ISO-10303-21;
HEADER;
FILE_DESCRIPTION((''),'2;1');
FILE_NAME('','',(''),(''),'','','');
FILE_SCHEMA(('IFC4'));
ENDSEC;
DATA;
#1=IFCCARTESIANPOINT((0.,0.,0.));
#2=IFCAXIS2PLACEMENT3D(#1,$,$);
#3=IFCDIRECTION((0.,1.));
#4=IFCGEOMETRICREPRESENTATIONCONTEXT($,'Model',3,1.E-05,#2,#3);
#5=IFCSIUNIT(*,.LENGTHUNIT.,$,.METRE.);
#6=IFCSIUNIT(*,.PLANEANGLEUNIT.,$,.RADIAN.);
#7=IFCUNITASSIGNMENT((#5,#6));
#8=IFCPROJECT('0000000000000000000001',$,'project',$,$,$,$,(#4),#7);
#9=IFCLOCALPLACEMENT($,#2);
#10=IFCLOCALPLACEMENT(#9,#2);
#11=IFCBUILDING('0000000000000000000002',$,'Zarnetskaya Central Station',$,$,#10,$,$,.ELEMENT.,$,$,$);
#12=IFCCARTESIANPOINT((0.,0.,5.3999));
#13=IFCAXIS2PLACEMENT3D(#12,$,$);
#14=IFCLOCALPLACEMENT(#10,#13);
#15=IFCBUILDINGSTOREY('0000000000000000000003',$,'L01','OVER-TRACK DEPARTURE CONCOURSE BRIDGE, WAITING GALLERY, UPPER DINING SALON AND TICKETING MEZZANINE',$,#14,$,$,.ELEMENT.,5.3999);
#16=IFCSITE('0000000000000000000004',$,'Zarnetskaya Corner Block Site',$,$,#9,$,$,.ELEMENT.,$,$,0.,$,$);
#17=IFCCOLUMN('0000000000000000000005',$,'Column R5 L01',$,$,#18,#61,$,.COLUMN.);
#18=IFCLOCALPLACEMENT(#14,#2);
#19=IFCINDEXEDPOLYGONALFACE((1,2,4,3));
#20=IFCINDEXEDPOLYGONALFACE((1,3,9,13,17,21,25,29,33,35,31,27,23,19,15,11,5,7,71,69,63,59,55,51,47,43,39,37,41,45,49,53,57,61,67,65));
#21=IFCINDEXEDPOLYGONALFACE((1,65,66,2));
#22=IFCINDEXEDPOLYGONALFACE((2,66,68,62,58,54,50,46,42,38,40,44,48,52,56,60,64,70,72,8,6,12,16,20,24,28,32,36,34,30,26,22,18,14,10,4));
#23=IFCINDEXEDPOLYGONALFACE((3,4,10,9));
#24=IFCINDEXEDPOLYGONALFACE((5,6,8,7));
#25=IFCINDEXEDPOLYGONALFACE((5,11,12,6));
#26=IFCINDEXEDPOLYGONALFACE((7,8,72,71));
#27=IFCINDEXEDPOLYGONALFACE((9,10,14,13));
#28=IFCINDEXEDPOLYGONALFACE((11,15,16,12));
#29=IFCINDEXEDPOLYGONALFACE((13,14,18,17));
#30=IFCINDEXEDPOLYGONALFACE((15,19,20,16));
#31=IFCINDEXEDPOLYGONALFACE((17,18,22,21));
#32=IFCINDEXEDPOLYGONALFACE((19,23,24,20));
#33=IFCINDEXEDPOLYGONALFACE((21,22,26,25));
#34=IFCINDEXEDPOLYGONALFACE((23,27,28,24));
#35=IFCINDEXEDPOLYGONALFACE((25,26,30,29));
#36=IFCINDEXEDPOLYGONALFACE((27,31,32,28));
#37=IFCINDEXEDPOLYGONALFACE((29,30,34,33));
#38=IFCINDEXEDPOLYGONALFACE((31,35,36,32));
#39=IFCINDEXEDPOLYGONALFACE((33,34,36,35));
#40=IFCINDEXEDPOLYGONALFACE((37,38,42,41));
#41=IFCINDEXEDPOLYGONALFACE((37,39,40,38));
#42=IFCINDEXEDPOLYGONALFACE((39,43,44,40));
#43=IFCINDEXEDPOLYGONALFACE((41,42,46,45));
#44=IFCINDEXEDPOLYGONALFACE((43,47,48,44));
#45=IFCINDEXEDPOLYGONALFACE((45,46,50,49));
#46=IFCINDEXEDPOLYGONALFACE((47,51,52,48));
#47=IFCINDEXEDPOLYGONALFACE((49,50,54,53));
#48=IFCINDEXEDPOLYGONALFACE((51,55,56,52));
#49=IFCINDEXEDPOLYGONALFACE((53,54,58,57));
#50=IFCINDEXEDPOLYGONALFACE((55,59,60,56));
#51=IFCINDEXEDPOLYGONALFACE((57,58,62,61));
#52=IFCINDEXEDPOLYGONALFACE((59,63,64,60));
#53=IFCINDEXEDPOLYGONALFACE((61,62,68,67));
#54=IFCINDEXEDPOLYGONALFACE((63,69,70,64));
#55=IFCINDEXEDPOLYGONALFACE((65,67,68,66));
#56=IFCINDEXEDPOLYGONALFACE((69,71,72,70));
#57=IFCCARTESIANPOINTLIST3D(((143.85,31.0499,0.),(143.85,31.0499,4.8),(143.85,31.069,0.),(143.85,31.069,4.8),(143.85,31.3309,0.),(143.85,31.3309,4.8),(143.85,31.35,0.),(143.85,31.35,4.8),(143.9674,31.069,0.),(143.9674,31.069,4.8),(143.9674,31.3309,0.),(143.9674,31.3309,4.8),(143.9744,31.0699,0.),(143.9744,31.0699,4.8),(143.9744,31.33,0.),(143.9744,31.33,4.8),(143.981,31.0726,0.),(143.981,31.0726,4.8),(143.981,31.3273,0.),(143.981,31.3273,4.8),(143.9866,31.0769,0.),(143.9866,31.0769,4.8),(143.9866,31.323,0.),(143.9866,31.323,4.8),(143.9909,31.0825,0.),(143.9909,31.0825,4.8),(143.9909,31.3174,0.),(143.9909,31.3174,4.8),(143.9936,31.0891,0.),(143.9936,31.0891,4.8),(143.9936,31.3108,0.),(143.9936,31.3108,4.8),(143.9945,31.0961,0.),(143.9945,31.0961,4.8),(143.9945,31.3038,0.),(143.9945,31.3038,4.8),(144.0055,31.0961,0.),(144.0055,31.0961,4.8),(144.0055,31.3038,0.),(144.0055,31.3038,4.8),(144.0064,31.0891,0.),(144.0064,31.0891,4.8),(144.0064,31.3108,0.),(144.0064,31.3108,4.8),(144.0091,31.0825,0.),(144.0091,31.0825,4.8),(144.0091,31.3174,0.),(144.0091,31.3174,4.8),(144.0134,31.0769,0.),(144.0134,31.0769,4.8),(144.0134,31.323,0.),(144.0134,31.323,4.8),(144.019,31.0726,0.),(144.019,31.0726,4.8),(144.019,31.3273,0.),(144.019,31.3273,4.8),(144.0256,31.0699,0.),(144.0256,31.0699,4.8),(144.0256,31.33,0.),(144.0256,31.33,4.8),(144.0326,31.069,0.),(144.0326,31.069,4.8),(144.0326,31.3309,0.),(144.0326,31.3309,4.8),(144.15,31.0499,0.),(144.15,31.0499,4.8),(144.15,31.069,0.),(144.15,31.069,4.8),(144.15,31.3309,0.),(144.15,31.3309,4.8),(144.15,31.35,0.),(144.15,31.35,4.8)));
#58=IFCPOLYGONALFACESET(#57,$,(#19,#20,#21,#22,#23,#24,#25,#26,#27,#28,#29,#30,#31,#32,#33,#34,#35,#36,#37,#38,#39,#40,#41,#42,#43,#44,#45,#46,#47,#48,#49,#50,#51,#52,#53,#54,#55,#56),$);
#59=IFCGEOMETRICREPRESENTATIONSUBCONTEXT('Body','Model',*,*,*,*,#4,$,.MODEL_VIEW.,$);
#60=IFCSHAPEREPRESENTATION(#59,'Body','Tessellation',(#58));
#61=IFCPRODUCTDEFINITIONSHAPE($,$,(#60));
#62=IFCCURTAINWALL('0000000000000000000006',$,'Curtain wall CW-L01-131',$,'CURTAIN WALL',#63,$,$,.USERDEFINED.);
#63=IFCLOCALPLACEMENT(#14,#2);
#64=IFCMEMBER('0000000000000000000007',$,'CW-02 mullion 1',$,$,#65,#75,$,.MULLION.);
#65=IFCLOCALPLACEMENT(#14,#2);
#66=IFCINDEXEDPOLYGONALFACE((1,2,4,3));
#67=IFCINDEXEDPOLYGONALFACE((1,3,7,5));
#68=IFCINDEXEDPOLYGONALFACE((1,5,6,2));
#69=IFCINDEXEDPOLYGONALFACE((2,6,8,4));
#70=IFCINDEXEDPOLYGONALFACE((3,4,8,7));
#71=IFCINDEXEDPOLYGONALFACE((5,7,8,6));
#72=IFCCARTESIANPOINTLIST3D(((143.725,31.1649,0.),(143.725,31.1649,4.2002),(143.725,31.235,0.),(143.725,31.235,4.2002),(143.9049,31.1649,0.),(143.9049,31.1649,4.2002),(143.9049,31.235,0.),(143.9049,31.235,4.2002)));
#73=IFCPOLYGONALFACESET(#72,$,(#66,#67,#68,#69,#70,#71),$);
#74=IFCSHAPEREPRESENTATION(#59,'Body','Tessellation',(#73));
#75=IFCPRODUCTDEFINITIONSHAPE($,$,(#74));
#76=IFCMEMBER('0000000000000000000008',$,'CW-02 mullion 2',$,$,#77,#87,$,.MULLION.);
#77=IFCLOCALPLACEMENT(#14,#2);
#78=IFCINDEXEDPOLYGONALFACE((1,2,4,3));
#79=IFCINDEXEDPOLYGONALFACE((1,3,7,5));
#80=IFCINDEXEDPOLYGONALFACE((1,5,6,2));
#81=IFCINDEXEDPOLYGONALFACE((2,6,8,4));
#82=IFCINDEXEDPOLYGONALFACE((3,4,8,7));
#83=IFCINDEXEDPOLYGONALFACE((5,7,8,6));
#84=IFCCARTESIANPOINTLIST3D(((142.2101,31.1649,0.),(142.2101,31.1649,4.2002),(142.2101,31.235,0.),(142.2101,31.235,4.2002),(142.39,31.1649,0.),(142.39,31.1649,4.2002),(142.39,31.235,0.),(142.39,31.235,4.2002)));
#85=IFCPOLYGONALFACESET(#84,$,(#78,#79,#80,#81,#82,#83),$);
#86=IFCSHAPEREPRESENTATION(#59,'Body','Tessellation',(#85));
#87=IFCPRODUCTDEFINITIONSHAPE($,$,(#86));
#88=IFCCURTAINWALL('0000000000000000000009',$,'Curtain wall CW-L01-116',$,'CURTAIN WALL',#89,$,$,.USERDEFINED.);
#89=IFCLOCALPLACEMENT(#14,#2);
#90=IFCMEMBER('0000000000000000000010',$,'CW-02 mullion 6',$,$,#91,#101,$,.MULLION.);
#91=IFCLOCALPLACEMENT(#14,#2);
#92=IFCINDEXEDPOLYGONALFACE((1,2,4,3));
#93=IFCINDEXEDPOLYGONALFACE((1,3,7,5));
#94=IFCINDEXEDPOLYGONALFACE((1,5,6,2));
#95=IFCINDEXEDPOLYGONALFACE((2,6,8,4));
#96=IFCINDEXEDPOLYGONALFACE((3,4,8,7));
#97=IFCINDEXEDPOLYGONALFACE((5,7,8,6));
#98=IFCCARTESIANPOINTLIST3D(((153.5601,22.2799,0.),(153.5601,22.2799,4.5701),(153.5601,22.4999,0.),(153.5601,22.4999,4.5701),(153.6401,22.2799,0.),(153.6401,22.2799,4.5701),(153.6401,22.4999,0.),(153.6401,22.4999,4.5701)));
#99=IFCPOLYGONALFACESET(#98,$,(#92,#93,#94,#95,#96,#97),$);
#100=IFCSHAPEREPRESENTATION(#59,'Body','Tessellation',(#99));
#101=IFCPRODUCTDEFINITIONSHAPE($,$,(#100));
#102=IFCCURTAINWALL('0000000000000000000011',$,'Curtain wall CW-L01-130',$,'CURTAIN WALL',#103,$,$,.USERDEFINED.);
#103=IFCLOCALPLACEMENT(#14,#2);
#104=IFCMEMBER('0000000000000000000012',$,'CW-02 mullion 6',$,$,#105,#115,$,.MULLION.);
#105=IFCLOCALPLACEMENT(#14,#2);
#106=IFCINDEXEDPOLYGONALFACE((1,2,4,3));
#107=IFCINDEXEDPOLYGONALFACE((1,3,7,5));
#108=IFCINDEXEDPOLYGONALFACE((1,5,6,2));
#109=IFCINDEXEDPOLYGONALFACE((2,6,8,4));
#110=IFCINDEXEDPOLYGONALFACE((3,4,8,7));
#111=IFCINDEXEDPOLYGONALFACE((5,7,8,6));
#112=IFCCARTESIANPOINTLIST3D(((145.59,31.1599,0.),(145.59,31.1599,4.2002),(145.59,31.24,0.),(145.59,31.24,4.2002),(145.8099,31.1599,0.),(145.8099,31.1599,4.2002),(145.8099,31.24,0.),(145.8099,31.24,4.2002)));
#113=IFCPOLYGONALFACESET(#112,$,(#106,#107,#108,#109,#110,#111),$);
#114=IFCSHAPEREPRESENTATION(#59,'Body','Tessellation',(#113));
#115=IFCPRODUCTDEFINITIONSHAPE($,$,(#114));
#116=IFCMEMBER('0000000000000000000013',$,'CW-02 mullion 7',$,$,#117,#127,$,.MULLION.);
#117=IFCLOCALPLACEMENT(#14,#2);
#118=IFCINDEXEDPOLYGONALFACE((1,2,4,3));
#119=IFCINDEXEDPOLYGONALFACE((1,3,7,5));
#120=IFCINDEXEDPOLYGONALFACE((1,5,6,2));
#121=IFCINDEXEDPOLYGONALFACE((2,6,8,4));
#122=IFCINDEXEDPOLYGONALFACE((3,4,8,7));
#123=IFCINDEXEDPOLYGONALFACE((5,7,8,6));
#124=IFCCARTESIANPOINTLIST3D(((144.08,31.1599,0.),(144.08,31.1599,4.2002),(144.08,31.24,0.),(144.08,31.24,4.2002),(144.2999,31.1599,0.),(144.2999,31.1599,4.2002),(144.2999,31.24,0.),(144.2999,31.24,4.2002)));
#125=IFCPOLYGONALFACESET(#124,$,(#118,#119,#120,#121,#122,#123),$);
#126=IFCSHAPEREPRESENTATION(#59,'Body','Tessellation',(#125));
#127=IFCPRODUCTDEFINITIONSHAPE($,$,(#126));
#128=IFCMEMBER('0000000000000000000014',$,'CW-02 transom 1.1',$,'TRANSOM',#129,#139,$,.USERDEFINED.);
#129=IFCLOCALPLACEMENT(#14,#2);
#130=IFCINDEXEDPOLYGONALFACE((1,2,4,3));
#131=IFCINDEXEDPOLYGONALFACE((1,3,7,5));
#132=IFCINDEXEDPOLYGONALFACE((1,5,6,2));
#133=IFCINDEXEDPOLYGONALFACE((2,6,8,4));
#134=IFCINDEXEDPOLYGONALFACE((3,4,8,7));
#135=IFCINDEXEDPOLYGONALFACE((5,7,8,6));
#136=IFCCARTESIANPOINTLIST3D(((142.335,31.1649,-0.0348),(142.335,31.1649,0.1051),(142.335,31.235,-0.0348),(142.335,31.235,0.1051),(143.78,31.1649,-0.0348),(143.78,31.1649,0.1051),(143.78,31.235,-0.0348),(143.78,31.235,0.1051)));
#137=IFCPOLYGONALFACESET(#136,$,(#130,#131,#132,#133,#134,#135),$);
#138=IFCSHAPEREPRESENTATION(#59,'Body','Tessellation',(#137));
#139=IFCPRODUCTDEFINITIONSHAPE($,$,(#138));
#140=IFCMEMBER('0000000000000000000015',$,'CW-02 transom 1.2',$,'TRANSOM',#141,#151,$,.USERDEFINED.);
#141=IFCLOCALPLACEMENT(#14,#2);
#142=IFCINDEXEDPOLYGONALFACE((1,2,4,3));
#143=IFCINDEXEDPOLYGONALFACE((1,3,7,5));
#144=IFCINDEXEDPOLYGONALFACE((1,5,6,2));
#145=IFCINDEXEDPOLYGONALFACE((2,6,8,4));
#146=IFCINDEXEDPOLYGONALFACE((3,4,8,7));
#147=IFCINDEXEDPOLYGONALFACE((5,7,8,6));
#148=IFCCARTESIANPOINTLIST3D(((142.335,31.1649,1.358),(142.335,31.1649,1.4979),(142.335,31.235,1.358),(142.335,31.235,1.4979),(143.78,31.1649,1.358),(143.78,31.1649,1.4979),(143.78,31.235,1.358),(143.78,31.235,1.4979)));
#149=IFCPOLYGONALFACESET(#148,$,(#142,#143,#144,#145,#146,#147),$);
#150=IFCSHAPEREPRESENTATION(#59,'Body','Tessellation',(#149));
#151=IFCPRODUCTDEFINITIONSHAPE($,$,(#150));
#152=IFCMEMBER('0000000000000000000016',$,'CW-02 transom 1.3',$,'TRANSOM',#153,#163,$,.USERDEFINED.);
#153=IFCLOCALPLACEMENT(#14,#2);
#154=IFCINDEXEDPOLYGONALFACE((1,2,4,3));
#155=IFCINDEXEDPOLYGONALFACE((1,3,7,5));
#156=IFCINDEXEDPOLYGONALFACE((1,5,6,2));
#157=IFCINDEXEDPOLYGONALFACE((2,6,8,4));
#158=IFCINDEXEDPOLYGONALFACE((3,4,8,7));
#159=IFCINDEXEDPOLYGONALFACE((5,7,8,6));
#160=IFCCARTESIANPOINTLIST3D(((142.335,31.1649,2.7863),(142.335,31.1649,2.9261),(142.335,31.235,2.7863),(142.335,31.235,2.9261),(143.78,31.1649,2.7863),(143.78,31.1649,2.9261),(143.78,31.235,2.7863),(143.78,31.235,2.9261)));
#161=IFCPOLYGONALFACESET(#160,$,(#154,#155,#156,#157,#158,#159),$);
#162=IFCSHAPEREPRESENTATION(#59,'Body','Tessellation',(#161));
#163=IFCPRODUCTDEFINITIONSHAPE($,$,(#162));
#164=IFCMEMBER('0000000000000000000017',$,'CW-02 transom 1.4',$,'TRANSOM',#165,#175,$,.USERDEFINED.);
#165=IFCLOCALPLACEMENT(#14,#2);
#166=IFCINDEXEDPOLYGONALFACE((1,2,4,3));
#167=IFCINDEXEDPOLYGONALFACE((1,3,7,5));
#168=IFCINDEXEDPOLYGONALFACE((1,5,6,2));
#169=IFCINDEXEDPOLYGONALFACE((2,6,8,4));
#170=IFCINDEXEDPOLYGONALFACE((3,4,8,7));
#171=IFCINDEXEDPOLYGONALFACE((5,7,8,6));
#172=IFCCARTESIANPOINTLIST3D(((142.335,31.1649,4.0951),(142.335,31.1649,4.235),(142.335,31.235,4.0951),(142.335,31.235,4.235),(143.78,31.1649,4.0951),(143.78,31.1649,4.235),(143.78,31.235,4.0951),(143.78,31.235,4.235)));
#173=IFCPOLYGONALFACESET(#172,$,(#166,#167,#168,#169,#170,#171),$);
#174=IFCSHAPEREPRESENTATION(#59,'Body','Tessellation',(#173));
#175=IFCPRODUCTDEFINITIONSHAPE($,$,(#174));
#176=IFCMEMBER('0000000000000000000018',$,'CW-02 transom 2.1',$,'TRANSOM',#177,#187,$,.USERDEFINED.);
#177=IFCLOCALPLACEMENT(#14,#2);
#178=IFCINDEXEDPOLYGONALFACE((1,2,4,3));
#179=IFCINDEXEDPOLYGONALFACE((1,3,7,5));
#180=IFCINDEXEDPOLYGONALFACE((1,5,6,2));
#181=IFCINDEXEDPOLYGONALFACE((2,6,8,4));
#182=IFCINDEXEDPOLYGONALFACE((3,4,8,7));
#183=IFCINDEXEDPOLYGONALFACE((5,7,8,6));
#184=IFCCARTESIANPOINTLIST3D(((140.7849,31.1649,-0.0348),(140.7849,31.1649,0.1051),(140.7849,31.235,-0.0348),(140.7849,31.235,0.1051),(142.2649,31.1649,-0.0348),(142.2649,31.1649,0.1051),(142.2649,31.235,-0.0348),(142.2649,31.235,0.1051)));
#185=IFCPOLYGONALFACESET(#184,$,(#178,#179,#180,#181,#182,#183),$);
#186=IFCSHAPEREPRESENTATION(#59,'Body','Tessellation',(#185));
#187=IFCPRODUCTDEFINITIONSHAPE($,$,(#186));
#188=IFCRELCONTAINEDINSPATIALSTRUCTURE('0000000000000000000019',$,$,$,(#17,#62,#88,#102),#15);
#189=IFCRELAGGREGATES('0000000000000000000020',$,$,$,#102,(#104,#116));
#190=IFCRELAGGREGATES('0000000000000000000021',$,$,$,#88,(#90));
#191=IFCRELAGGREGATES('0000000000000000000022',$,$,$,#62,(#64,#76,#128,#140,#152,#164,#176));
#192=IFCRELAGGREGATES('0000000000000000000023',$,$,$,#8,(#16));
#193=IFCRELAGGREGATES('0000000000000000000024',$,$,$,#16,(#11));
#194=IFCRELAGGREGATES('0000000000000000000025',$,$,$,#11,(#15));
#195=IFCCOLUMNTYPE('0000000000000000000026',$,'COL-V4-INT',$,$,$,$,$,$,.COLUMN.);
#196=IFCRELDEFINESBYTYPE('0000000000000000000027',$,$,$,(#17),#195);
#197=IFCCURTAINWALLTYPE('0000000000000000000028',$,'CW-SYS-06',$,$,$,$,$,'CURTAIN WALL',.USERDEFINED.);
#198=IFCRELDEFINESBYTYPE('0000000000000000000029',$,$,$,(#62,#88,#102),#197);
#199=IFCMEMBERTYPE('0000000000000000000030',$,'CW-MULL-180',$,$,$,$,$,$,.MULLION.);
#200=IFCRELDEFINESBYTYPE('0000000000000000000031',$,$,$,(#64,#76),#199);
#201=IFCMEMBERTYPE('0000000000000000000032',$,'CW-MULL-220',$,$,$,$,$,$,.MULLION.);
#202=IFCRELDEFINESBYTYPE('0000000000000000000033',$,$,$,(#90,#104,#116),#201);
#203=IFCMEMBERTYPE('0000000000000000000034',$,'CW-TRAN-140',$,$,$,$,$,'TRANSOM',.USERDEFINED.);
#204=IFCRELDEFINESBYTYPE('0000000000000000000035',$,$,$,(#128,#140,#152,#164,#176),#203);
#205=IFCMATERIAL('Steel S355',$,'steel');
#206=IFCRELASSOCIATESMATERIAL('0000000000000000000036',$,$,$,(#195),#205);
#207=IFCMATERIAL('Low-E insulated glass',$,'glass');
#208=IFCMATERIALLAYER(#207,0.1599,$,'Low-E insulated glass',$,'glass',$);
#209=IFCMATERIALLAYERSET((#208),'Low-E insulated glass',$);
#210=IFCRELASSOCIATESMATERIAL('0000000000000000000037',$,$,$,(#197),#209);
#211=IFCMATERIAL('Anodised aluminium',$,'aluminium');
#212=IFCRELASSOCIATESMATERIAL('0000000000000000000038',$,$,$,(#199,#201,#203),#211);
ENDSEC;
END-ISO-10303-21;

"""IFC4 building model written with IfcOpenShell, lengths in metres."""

from ifc_helpers import new_model, si_unit, direction, frame, origin, origin_2d, place, context, subcontext, project, spatial, rectangle, i_section, extrude, material, layer, layer_set, material_profile, profile_set, type_object, element, aggregate, save


model = new_model("IFC4")

# Units and contexts
model_context = context("Model", 3, precision=1e-05, world=origin(), true_north=direction((0.0, 1.0)))
body_context = subcontext(model_context, "Body", "Model", "MODEL_VIEW")
ifc_project = project(units=[si_unit("LENGTHUNIT", "METRE"), si_unit("PLANEANGLEUNIT", "RADIAN")], contexts=[model_context])

# Site, building, storey
site_placement = place(None, origin())
site = spatial("IfcSite", under=ifc_project, at=site_placement, Name="Zarnetskaya Corner Block Site", CompositionType="ELEMENT", RefElevation=0.0)
building_placement = place(site_placement, origin())
building = spatial("IfcBuilding", under=site, at=building_placement, Name="Zarnetskaya Central Station", CompositionType="ELEMENT")
storey_placement = place(building_placement, frame((0.0, 0.0, 5.3999)))
storey = spatial("IfcBuildingStorey", under=building, at=storey_placement, Name="L01", Description="OVER-TRACK DEPARTURE CONCOURSE BRIDGE, WAITING GALLERY, UPPER DINING SALON AND TICKETING MEZZANINE", CompositionType="ELEMENT", Elevation=5.3999)

# Column
ifc_material_1 = material(Name="Steel S355", Category="steel")
ifc_material_profile_1 = material_profile(ifc_material_1, i_section(OverallWidth=0.3, OverallDepth=0.3, WebThickness=0.011, FlangeThickness=0.019, FilletRadius=0.0271, at=origin_2d()), Name="HEB 300")
ifc_profile_set_1 = profile_set([ifc_material_profile_1], Name="Steel S355")
column_type = type_object("IfcColumnType", Name="COL-V4-INT", PredefinedType="COLUMN", material=ifc_profile_set_1)
column_placement = place(storey_placement, frame((144.0, 31.2, 0.0), z_axis=(0.0, 0.0, 1.0), x_axis=(1.0, 0.0, 0.0)))
element("IfcColumn", 1, at=column_placement, inside=storey, type_object=column_type, Name="Column R5 L01", PredefinedType="COLUMN", context=body_context, shape_type="SweptSolid", body=[
    extrude(i_section(OverallWidth=0.3, OverallDepth=0.3, WebThickness=0.011, FlangeThickness=0.019, FilletRadius=0.0271, at=origin_2d()), origin(), (0.0, 0.0, 1.0), 4.8),
])

# Curtain wall, members
ifc_material_2 = material(Name="Low-E insulated glass", Category="glass")
ifc_layer_1 = layer(ifc_material_2, 0.1599, Name="Low-E insulated glass", Category="glass")
ifc_layer_set_1 = layer_set([ifc_layer_1], Name="Low-E insulated glass")
curtain_wall_type = type_object("IfcCurtainWallType", Name="CW-SYS-06", ElementType="CURTAIN WALL", PredefinedType="USERDEFINED", material=ifc_layer_set_1)
curtain_wall_1_placement = place(storey_placement, origin())
curtain_wall_1 = element("IfcCurtainWall", 2, at=curtain_wall_1_placement, inside=storey, type_object=curtain_wall_type, Name="Curtain wall CW-L01-131", ObjectType="CURTAIN WALL", PredefinedType="USERDEFINED")
ifc_material_3 = material(Name="Anodised aluminium", Category="aluminium")
ifc_material_profile_2 = material_profile(ifc_material_3, rectangle(XDim=0.0701, YDim=0.1799, at=origin_2d()), Name="ALU MULL 70x180")
ifc_profile_set_2 = profile_set([ifc_material_profile_2], Name="Anodised aluminium")
member_type_1 = type_object("IfcMemberType", Name="CW-MULL-180", PredefinedType="MULLION", material=ifc_profile_set_2)
member_1_placement = place(storey_placement, frame((143.8149, 31.2, 0.0), z_axis=(0.0, 0.0, 1.0), x_axis=(0.0, -1.0, 0.0)))
member_1 = element("IfcMember", 3, at=member_1_placement, type_object=member_type_1, Name="CW-02 mullion 1", PredefinedType="MULLION", context=body_context, shape_type="SweptSolid", body=[
    extrude(rectangle(XDim=0.0701, YDim=0.1799, at=origin_2d()), origin(), (0.0, 0.0, 1.0), 4.2002),
])
member_2_placement = place(storey_placement, frame((142.3, 31.2, 0.0), z_axis=(0.0, 0.0, 1.0), x_axis=(0.0, -1.0, 0.0)))
member_2 = element("IfcMember", 4, at=member_2_placement, type_object=member_type_1, Name="CW-02 mullion 2", PredefinedType="MULLION", context=body_context, shape_type="SweptSolid", body=[
    extrude(rectangle(XDim=0.0701, YDim=0.1799, at=origin_2d()), origin(), (0.0, 0.0, 1.0), 4.2002),
])

# Curtain wall, member
curtain_wall_2_placement = place(storey_placement, origin())
curtain_wall_2 = element("IfcCurtainWall", 5, at=curtain_wall_2_placement, inside=storey, type_object=curtain_wall_type, Name="Curtain wall CW-L01-116", ObjectType="CURTAIN WALL", PredefinedType="USERDEFINED")
ifc_material_profile_3 = material_profile(ifc_material_3, rectangle(XDim=0.0801, YDim=0.22, at=origin_2d()), Name="ALU MULL 80x220")
ifc_profile_set_3 = profile_set([ifc_material_profile_3], Name="Anodised aluminium")
member_type_2 = type_object("IfcMemberType", Name="CW-MULL-220", PredefinedType="MULLION", material=ifc_profile_set_3)
member_3_placement = place(storey_placement, frame((153.6001, 22.3899, 0.0), z_axis=(0.0, 0.0, 1.0), x_axis=(1.0, 0.0, 0.0)))
member_3 = element("IfcMember", 6, at=member_3_placement, type_object=member_type_2, Name="CW-02 mullion 6", PredefinedType="MULLION", context=body_context, shape_type="SweptSolid", body=[
    extrude(rectangle(XDim=0.0801, YDim=0.22, at=origin_2d()), origin(), (0.0, 0.0, 1.0), 4.5701),
])

# Curtain wall, members
curtain_wall_3_placement = place(storey_placement, origin())
curtain_wall_3 = element("IfcCurtainWall", 7, at=curtain_wall_3_placement, inside=storey, type_object=curtain_wall_type, Name="Curtain wall CW-L01-130", ObjectType="CURTAIN WALL", PredefinedType="USERDEFINED")
member_4_placement = place(storey_placement, frame((145.7, 31.2, 0.0), z_axis=(0.0, 0.0, 1.0), x_axis=(0.0, -1.0, 0.0)))
member_4 = element("IfcMember", 8, at=member_4_placement, type_object=member_type_2, Name="CW-02 mullion 6", PredefinedType="MULLION", context=body_context, shape_type="SweptSolid", body=[
    extrude(rectangle(XDim=0.0801, YDim=0.22, at=origin_2d()), origin(), (0.0, 0.0, 1.0), 4.2002),
])
member_5_placement = place(storey_placement, frame((144.1899, 31.2, 0.0), z_axis=(0.0, 0.0, 1.0), x_axis=(0.0, -1.0, 0.0)))
member_5 = element("IfcMember", 9, at=member_5_placement, type_object=member_type_2, Name="CW-02 mullion 7", PredefinedType="MULLION", context=body_context, shape_type="SweptSolid", body=[
    extrude(rectangle(XDim=0.0801, YDim=0.22, at=origin_2d()), origin(), (0.0, 0.0, 1.0), 4.2002),
])

# Members
ifc_material_profile_4 = material_profile(ifc_material_3, rectangle(XDim=0.0701, YDim=0.1399, at=origin_2d()), Name="ALU TRAN 70x140")
ifc_profile_set_4 = profile_set([ifc_material_profile_4], Name="Anodised aluminium")
member_type_3 = type_object("IfcMemberType", Name="CW-TRAN-140", ElementType="TRANSOM", PredefinedType="USERDEFINED", material=ifc_profile_set_4)
member_6_placement = place(storey_placement, frame((143.78, 31.2, 0.0352), z_axis=(-1.0, 0.0, 0.0), x_axis=(0.0, -1.0, 0.0)))
member_6 = element("IfcMember", 10, at=member_6_placement, type_object=member_type_3, Name="CW-02 transom 1.1", ObjectType="TRANSOM", PredefinedType="USERDEFINED", context=body_context, shape_type="SweptSolid", body=[
    extrude(rectangle(XDim=0.0701, YDim=0.1399, at=origin_2d()), origin(), (0.0, 0.0, 1.0), 1.4451),
])
member_7_placement = place(storey_placement, frame((143.78, 31.2, 1.428), z_axis=(-1.0, 0.0, 0.0), x_axis=(0.0, -1.0, 0.0)))
member_7 = element("IfcMember", 11, at=member_7_placement, type_object=member_type_3, Name="CW-02 transom 1.2", ObjectType="TRANSOM", PredefinedType="USERDEFINED", context=body_context, shape_type="SweptSolid", body=[
    extrude(rectangle(XDim=0.0701, YDim=0.1399, at=origin_2d()), origin(), (0.0, 0.0, 1.0), 1.4451),
])
member_8_placement = place(storey_placement, frame((143.78, 31.2, 2.8562), z_axis=(-1.0, 0.0, 0.0), x_axis=(0.0, -1.0, 0.0)))
member_8 = element("IfcMember", 12, at=member_8_placement, type_object=member_type_3, Name="CW-02 transom 1.3", ObjectType="TRANSOM", PredefinedType="USERDEFINED", context=body_context, shape_type="SweptSolid", body=[
    extrude(rectangle(XDim=0.0701, YDim=0.1399, at=origin_2d()), origin(), (0.0, 0.0, 1.0), 1.4451),
])
member_9_placement = place(storey_placement, frame((143.78, 31.2, 4.165), z_axis=(-1.0, 0.0, 0.0), x_axis=(0.0, -1.0, 0.0)))
member_9 = element("IfcMember", 13, at=member_9_placement, type_object=member_type_3, Name="CW-02 transom 1.4", ObjectType="TRANSOM", PredefinedType="USERDEFINED", context=body_context, shape_type="SweptSolid", body=[
    extrude(rectangle(XDim=0.0701, YDim=0.1399, at=origin_2d()), origin(), (0.0, 0.0, 1.0), 1.4451),
])
member_10_placement = place(storey_placement, frame((142.2649, 31.2, 0.0352), z_axis=(-1.0, 0.0, 0.0), x_axis=(0.0, -1.0, 0.0)))
member_10 = element("IfcMember", 14, at=member_10_placement, type_object=member_type_3, Name="CW-02 transom 2.1", ObjectType="TRANSOM", PredefinedType="USERDEFINED", context=body_context, shape_type="SweptSolid", body=[
    extrude(rectangle(XDim=0.0701, YDim=0.1399, at=origin_2d()), origin(), (0.0, 0.0, 1.0), 1.48),
])

aggregate(curtain_wall_3, [member_4, member_5])
aggregate(curtain_wall_2, [member_3])
aggregate(curtain_wall_1, [member_1, member_2, member_6, member_7, member_8, member_9, member_10])

save(model, "model.ifc")
